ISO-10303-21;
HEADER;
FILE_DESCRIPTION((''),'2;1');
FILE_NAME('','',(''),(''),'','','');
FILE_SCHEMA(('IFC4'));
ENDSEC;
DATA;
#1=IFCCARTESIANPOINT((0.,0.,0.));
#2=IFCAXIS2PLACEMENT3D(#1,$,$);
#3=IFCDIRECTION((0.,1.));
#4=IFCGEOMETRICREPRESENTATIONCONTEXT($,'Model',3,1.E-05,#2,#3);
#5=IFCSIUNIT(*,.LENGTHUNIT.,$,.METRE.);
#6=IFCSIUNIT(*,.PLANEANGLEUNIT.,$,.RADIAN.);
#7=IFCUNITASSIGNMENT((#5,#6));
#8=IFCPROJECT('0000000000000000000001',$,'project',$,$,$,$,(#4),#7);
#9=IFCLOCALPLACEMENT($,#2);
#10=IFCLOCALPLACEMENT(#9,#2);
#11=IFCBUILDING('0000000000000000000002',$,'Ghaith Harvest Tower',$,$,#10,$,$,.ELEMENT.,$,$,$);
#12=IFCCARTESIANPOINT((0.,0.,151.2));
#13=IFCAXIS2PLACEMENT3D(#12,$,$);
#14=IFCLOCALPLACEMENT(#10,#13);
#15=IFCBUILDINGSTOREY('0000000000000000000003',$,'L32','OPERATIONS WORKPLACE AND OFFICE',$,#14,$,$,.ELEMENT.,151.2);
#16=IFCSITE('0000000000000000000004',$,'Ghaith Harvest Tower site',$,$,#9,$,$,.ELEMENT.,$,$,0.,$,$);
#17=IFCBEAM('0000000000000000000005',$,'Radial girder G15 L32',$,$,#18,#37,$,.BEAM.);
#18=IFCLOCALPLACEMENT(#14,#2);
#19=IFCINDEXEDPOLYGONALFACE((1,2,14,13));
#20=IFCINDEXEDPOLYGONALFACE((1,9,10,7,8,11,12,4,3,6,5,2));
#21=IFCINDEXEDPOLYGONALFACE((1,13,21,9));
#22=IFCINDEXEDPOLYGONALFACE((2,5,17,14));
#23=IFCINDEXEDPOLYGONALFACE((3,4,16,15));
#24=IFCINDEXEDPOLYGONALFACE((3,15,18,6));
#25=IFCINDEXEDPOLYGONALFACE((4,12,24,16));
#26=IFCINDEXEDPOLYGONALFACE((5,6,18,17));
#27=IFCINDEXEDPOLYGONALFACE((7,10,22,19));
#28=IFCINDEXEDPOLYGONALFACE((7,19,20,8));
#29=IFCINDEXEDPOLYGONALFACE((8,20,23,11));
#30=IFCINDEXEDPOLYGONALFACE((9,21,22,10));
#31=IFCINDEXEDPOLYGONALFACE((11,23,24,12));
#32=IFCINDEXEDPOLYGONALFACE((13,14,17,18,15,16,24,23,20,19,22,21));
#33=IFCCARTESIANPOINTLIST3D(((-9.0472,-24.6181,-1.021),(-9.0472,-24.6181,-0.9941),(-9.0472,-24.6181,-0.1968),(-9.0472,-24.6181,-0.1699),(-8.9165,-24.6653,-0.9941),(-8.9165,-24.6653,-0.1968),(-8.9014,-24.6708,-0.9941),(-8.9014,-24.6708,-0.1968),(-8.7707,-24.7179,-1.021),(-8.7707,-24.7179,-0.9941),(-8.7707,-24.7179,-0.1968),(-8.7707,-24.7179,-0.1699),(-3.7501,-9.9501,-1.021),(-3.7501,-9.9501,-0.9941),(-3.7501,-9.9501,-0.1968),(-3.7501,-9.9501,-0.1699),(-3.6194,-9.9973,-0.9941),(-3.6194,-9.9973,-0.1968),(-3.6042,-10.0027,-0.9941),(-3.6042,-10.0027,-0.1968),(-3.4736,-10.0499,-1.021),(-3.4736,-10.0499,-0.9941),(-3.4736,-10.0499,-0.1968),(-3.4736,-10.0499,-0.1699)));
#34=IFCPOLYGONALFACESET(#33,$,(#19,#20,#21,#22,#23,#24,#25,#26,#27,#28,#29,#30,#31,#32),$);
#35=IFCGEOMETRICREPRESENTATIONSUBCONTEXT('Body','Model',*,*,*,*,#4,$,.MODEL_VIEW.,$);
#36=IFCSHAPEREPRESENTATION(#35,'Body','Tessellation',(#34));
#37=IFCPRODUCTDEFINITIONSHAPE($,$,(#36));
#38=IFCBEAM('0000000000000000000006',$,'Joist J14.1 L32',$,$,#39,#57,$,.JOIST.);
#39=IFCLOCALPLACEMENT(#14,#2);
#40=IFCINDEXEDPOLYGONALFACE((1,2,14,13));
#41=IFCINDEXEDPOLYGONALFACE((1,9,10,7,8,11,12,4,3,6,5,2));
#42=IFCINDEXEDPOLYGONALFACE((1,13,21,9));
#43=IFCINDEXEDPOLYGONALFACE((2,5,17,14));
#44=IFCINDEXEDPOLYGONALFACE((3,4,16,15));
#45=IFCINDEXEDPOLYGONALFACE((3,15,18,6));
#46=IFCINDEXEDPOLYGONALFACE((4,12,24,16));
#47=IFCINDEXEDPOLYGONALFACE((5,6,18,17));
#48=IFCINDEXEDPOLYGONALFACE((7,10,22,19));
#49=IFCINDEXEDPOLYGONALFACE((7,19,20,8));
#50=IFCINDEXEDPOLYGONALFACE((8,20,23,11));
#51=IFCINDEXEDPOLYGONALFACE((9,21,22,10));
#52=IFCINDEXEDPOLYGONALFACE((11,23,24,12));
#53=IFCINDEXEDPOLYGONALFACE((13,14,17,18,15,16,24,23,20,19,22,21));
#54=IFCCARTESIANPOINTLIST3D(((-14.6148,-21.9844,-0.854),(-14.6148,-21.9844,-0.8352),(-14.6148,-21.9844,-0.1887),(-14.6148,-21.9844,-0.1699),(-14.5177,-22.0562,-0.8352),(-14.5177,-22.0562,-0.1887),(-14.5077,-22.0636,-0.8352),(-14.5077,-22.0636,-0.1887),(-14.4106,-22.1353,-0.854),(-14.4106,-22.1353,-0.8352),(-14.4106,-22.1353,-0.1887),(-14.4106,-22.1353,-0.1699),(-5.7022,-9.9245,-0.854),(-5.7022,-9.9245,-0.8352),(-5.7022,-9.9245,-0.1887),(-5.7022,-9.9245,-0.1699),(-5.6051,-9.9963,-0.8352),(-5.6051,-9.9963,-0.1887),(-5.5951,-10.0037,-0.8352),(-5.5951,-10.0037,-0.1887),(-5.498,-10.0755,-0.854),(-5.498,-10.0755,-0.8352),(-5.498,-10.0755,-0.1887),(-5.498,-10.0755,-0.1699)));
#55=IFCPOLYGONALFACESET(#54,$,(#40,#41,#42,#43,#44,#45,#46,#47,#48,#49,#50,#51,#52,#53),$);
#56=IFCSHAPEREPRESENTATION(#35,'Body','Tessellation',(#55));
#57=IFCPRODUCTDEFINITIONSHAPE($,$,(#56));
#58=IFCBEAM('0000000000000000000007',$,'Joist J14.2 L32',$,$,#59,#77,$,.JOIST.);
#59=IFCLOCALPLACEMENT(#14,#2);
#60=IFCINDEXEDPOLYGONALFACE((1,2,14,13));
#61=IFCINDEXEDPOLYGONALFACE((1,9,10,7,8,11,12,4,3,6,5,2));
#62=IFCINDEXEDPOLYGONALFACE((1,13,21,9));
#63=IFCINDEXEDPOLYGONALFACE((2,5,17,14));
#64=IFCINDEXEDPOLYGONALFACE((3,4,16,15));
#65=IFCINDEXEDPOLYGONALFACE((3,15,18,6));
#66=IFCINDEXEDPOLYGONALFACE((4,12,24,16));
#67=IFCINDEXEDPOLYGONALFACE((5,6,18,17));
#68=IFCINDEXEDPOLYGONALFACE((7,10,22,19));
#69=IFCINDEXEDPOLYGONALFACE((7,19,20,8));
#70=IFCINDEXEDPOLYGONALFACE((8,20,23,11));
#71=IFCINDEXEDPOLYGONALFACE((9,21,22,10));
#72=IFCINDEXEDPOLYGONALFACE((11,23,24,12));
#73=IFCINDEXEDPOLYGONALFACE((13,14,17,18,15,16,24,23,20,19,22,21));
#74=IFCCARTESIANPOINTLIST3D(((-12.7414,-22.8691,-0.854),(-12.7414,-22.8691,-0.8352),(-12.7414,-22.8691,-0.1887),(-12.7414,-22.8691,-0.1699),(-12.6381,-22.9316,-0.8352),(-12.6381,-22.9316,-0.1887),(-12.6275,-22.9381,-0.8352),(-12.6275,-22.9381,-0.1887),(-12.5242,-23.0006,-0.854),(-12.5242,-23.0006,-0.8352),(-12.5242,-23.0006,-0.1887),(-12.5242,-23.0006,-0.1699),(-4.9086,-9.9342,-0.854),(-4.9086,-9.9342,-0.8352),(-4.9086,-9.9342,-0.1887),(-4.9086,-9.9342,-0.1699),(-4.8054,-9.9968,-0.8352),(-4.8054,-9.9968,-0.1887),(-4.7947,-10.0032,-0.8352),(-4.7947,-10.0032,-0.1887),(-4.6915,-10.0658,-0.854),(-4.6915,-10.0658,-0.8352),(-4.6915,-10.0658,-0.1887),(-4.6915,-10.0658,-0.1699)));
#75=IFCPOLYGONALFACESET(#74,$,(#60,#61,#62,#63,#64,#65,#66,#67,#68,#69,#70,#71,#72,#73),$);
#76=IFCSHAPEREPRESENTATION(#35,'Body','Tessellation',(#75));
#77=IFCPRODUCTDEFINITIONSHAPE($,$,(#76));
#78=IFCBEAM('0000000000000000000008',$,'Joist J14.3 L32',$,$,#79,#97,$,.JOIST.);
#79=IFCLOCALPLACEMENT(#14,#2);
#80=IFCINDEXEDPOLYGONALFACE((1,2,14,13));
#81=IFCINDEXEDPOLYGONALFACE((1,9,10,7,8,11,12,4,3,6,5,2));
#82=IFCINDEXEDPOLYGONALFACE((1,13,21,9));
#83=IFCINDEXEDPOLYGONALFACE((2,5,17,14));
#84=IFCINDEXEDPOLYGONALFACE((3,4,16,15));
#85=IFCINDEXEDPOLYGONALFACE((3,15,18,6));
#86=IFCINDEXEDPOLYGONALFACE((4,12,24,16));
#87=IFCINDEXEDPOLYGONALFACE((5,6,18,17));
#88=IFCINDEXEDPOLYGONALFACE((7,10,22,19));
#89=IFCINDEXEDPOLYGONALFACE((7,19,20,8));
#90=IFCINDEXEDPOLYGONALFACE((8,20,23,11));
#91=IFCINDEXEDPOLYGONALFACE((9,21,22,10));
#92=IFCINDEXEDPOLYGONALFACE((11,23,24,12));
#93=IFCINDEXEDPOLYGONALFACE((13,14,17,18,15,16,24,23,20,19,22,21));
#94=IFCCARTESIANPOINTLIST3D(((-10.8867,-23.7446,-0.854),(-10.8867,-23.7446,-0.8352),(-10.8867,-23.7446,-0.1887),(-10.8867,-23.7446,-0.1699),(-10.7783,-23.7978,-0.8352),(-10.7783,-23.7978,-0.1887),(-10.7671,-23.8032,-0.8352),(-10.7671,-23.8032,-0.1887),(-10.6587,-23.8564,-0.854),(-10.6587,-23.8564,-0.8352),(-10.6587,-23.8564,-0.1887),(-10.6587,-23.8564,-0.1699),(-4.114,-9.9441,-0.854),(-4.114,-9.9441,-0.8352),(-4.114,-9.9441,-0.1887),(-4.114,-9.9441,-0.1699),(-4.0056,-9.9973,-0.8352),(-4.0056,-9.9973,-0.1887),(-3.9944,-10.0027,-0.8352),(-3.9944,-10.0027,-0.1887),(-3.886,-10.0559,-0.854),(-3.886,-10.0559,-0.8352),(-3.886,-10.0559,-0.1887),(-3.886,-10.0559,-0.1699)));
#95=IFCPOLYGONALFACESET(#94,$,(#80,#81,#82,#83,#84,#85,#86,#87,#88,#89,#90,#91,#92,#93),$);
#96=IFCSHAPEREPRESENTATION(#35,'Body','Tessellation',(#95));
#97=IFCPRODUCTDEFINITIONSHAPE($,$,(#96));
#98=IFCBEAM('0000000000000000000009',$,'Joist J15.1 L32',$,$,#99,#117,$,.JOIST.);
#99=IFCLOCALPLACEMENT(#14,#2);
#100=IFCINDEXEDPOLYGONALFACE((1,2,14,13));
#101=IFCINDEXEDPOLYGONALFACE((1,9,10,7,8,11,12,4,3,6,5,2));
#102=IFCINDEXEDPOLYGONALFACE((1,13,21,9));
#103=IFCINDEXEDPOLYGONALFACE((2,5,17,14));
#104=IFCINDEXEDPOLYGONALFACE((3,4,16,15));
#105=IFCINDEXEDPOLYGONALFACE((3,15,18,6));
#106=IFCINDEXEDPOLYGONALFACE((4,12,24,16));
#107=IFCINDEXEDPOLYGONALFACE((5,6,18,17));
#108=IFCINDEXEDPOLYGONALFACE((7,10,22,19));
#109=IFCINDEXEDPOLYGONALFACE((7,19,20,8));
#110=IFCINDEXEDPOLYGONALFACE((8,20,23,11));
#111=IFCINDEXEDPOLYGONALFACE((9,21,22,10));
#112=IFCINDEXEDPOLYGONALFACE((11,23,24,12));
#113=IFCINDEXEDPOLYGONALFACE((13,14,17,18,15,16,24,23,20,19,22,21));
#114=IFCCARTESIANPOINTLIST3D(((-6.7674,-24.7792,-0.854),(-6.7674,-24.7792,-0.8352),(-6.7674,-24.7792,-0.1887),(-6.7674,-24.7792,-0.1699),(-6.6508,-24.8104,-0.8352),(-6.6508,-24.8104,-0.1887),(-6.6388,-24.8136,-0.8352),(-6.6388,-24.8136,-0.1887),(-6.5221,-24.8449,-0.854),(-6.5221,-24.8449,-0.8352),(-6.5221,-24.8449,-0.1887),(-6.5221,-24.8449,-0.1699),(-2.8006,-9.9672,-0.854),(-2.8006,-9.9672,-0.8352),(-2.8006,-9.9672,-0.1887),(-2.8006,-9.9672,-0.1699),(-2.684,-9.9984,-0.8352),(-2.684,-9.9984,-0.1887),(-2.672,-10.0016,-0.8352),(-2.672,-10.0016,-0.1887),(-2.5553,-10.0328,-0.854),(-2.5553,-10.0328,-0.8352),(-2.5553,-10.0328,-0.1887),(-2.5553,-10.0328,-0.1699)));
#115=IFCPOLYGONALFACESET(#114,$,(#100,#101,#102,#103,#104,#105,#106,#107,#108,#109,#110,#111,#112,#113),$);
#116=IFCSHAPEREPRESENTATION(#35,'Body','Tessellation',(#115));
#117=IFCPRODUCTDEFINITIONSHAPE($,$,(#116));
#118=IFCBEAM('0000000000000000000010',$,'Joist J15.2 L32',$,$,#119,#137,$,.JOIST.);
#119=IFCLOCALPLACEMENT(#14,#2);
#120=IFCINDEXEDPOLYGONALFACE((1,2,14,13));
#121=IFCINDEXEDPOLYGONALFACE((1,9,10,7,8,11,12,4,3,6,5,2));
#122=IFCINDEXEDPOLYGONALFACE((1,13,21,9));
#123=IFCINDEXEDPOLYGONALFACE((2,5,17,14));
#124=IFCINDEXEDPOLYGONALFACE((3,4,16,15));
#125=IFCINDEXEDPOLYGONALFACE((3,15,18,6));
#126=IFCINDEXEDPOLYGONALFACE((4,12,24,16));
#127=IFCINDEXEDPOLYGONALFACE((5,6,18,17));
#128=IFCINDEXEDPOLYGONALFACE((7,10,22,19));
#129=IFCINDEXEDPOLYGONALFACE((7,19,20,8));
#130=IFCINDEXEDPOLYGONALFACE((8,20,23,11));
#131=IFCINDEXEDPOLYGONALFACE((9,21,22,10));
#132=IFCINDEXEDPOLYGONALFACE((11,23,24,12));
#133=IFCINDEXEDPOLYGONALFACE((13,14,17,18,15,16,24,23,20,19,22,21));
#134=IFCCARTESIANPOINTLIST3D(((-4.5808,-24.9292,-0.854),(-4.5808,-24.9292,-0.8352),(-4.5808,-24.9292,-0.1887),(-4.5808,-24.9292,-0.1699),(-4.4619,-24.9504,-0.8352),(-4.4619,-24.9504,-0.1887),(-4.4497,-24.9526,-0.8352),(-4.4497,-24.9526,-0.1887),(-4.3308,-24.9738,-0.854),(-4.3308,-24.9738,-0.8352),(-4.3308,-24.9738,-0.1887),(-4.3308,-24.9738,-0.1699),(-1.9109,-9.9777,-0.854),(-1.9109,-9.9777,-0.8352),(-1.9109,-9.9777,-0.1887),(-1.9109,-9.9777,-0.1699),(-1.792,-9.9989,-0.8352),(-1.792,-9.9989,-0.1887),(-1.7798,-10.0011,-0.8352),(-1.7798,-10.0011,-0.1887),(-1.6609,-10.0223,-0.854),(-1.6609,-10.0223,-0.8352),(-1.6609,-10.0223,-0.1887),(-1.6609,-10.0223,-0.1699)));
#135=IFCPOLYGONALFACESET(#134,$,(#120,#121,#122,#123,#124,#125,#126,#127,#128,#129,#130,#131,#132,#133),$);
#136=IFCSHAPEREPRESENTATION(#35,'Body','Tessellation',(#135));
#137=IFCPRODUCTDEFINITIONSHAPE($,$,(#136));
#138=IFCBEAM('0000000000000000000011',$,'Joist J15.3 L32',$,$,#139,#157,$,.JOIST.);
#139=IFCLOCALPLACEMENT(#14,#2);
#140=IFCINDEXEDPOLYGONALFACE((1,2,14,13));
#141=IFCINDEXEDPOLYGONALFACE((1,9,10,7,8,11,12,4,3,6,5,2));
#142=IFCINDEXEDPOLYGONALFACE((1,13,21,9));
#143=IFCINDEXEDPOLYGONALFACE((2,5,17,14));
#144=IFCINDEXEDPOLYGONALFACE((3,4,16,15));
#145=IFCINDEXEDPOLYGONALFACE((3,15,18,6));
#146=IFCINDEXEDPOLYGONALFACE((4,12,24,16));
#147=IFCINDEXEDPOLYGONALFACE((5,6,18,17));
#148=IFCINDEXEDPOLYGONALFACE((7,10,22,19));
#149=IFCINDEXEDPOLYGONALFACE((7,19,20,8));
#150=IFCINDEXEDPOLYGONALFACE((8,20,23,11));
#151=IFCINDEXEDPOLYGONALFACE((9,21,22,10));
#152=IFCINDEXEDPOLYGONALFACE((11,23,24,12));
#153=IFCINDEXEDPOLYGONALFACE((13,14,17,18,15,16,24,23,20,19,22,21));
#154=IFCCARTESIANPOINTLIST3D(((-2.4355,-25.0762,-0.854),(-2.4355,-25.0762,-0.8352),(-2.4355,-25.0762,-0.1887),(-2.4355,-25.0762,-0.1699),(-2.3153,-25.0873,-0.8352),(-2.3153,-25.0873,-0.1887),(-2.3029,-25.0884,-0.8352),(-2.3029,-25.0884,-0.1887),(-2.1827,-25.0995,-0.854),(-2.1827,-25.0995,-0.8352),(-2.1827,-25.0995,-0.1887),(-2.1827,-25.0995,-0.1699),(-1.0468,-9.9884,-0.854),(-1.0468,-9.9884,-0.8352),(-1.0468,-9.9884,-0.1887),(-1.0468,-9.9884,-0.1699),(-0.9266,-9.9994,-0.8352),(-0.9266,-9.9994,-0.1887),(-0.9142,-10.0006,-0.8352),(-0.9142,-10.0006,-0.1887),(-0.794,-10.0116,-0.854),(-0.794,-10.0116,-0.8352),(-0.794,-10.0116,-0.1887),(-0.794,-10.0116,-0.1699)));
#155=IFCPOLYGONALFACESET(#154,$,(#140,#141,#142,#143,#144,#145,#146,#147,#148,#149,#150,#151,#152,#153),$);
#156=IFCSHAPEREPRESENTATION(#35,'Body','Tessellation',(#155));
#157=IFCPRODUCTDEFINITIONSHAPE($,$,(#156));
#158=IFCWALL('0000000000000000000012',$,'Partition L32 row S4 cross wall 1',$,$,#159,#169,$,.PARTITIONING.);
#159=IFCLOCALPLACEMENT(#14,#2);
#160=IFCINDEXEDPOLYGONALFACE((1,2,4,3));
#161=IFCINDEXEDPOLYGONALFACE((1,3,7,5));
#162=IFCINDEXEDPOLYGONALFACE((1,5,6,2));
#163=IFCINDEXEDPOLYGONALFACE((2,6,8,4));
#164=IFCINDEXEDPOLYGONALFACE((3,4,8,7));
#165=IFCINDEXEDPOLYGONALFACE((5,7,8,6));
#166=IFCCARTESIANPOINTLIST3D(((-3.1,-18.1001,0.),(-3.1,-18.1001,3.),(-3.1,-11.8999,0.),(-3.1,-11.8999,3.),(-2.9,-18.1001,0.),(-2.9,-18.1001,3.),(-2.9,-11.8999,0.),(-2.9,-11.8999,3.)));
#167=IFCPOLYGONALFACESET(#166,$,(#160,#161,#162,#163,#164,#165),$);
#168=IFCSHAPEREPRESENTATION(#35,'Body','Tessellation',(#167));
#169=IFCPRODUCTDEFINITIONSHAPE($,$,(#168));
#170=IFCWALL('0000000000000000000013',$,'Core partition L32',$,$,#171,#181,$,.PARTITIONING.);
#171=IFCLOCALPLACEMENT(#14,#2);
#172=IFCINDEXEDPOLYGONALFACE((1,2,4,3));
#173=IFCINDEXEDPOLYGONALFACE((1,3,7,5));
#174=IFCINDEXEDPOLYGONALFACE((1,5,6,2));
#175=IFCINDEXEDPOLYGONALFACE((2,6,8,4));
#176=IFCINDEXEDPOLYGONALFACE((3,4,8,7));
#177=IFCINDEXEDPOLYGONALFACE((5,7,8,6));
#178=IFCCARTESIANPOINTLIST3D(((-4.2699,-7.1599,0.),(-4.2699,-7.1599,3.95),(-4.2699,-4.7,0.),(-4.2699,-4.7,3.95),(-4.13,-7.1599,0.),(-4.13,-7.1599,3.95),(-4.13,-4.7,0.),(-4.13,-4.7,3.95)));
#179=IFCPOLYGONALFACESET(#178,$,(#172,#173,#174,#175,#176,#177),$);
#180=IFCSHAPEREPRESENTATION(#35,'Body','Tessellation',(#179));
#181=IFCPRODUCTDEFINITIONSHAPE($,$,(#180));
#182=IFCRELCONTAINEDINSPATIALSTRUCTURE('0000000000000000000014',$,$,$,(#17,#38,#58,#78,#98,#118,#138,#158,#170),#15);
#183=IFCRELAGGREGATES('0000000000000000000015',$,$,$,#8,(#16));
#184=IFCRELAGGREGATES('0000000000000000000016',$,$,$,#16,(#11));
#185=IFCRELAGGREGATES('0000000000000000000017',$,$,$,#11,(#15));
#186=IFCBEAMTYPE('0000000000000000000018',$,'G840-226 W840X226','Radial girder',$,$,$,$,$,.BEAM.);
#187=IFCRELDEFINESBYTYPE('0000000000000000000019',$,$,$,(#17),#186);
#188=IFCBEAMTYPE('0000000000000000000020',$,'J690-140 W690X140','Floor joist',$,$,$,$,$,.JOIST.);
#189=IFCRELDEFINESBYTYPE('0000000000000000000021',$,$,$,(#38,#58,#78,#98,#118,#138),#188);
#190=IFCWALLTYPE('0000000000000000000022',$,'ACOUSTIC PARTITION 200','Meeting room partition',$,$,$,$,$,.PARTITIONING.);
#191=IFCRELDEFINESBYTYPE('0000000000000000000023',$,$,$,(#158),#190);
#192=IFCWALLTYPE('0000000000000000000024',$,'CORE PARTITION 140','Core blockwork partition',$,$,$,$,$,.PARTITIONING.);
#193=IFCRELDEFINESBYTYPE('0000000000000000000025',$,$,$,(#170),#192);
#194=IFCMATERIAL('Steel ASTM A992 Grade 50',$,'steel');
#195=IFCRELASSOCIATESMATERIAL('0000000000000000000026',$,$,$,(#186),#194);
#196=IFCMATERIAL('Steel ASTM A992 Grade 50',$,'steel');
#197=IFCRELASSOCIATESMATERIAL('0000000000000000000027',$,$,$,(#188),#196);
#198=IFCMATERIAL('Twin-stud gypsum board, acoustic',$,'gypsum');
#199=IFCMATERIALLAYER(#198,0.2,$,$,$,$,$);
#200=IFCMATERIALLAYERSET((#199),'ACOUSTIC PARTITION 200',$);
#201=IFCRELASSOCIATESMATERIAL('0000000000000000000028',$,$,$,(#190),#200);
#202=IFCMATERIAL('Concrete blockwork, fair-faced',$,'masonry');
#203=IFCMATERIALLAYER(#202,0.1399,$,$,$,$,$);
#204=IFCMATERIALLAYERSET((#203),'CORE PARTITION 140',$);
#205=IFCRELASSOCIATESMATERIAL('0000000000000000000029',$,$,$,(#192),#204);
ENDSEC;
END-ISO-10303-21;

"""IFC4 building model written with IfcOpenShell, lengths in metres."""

from ifc_helpers import new_model, si_unit, direction, frame, frame_2d, origin, origin_2d, place, context, subcontext, project, spatial, rectangle, i_section, extrude, material, layer, layer_set, material_profile, profile_set, type_object, element, save


model = new_model("IFC4")

# Units and contexts
model_context = context("Model", 3, precision=1e-05, world=origin(), true_north=direction((0.0, 1.0)))
body_context = subcontext(model_context, "Body", "Model", "MODEL_VIEW")
ifc_project = project(units=[si_unit("LENGTHUNIT", "METRE"), si_unit("PLANEANGLEUNIT", "RADIAN")], contexts=[model_context])

# Site, building, storey
site_placement = place(None, origin())
site = spatial("IfcSite", under=ifc_project, at=site_placement, Name="Ghaith Harvest Tower site", CompositionType="ELEMENT", RefElevation=0.0)
building_placement = place(site_placement, origin())
building = spatial("IfcBuilding", under=site, at=building_placement, Name="Ghaith Harvest Tower", CompositionType="ELEMENT")
storey_placement = place(building_placement, frame((0.0, 0.0, 151.2)))
storey = spatial("IfcBuildingStorey", under=building, at=storey_placement, Name="L32", Description="OPERATIONS WORKPLACE AND OFFICE", CompositionType="ELEMENT", Elevation=151.2)

# Beams
ifc_material_1 = material(Name="Steel ASTM A992 Grade 50", Category="steel")
ifc_material_profile_1 = material_profile(ifc_material_1, i_section(OverallWidth=0.2939, OverallDepth=0.8511, WebThickness=0.0161, FlangeThickness=0.0269, at=origin_2d()), Name="W840X226")
ifc_profile_set_1 = profile_set([ifc_material_profile_1], Name="Steel ASTM A992 Grade 50")
beam_type_1 = type_object("IfcBeamType", Name="G840-226 W840X226", Description="Radial girder", PredefinedType="BEAM", material=ifc_profile_set_1)
beam_1_placement = place(storey_placement, frame((-3.6118, -10.0, -0.5955), z_axis=(-0.339664, -0.940547, 0.0), x_axis=(0.940547, -0.339664, 0.0)))
element("IfcBeam", 1, at=beam_1_placement, inside=storey, type_object=beam_type_1, Name="Radial girder G15 L32", PredefinedType="BEAM", context=body_context, shape_type="SweptSolid", body=[
    extrude(i_section(OverallWidth=0.2939, OverallDepth=0.8511, WebThickness=0.0161, FlangeThickness=0.0269, at=origin_2d()), origin(), (0.0, 0.0, 1.0), 15.5952),
])
ifc_material_2 = material(Name="Steel ASTM A992 Grade 50", Category="steel")
ifc_material_profile_2 = material_profile(ifc_material_2, i_section(OverallWidth=0.2539, OverallDepth=0.6841, WebThickness=0.0125, FlangeThickness=0.0188, at=origin_2d()), Name="W690X140")
ifc_profile_set_2 = profile_set([ifc_material_profile_2], Name="Steel ASTM A992 Grade 50")
beam_type_2 = type_object("IfcBeamType", Name="J690-140 W690X140", Description="Floor joist", PredefinedType="JOIST", material=ifc_profile_set_2)
beam_2_placement = place(storey_placement, frame((-5.6001, -10.0, -0.512), z_axis=(-0.59434, -0.804214, 0.0), x_axis=(0.804214, -0.59434, 0.0)))
element("IfcBeam", 2, at=beam_2_placement, inside=storey, type_object=beam_type_2, Name="Joist J14.1 L32", PredefinedType="JOIST", context=body_context, shape_type="SweptSolid", body=[
    extrude(i_section(OverallWidth=0.2539, OverallDepth=0.6841, WebThickness=0.0125, FlangeThickness=0.0188, at=origin_2d()), origin(), (0.0, 0.0, 1.0), 14.9958),
])
beam_3_placement = place(storey_placement, frame((-4.8, -10.0, -0.512), z_axis=(-0.517986, -0.855389, 0.0), x_axis=(0.855389, -0.517986, 0.0)))
element("IfcBeam", 3, at=beam_3_placement, inside=storey, type_object=beam_type_2, Name="Joist J14.2 L32", PredefinedType="JOIST", context=body_context, shape_type="SweptSolid", body=[
    extrude(i_section(OverallWidth=0.2539, OverallDepth=0.6841, WebThickness=0.0125, FlangeThickness=0.0188, at=origin_2d()), origin(), (0.0, 0.0, 1.0), 15.1216),
])
beam_4_placement = place(storey_placement, frame((-4.0, -10.0, -0.512), z_axis=(-0.440563, -0.897722, 0.0), x_axis=(0.897722, -0.440563, 0.0)))
element("IfcBeam", 4, at=beam_4_placement, inside=storey, type_object=beam_type_2, Name="Joist J14.3 L32", PredefinedType="JOIST", context=body_context, shape_type="SweptSolid", body=[
    extrude(i_section(OverallWidth=0.2539, OverallDepth=0.6841, WebThickness=0.0125, FlangeThickness=0.0188, at=origin_2d()), origin(), (0.0, 0.0, 1.0), 15.3728),
])
beam_5_placement = place(storey_placement, frame((-2.678, -10.0, -0.512), z_axis=(-0.258693, -0.96596, 0.0), x_axis=(0.96596, -0.258693, 0.0)))
element("IfcBeam", 5, at=beam_5_placement, inside=storey, type_object=beam_type_2, Name="Joist J15.1 L32", PredefinedType="JOIST", context=body_context, shape_type="SweptSolid", body=[
    extrude(i_section(OverallWidth=0.2539, OverallDepth=0.6841, WebThickness=0.0125, FlangeThickness=0.0188, at=origin_2d()), origin(), (0.0, 0.0, 1.0), 15.334),
])
beam_6_placement = place(storey_placement, frame((-1.7859, -10.0, -0.512), z_axis=(-0.175792, -0.984427, 0.0), x_axis=(0.984427, -0.175792, 0.0)))
element("IfcBeam", 6, at=beam_6_placement, inside=storey, type_object=beam_type_2, Name="Joist J15.2 L32", PredefinedType="JOIST", context=body_context, shape_type="SweptSolid", body=[
    extrude(i_section(OverallWidth=0.2539, OverallDepth=0.6841, WebThickness=0.0125, FlangeThickness=0.0188, at=origin_2d()), origin(), (0.0, 0.0, 1.0), 15.188),
])
beam_7_placement = place(storey_placement, frame((-0.9204, -10.0, -0.512), z_axis=(-0.091651, -0.995791, 0.0), x_axis=(0.995791, -0.091651, 0.0)))
element("IfcBeam", 7, at=beam_7_placement, inside=storey, type_object=beam_type_2, Name="Joist J15.3 L32", PredefinedType="JOIST", context=body_context, shape_type="SweptSolid", body=[
    extrude(i_section(OverallWidth=0.2539, OverallDepth=0.6841, WebThickness=0.0125, FlangeThickness=0.0188, at=origin_2d()), origin(), (0.0, 0.0, 1.0), 15.1516),
])

# Wall
ifc_material_3 = material(Name="Twin-stud gypsum board, acoustic", Category="gypsum")
ifc_layer_1 = layer(ifc_material_3, 0.2)
ifc_layer_set_1 = layer_set([ifc_layer_1], Name="ACOUSTIC PARTITION 200")
wall_type_1 = type_object("IfcWallType", Name="ACOUSTIC PARTITION 200", Description="Meeting room partition", PredefinedType="PARTITIONING", material=ifc_layer_set_1)
wall_1_placement = place(storey_placement, frame((-3.0, -11.8999, 0.0), z_axis=(0.0, 0.0, 1.0), x_axis=(0.0, -1.0, 0.0)))
element("IfcWall", 8, at=wall_1_placement, inside=storey, type_object=wall_type_1, Name="Partition L32 row S4 cross wall 1", PredefinedType="PARTITIONING", context=body_context, shape_type="SweptSolid", body=[
    extrude(rectangle(XDim=6.2002, YDim=0.2, at=frame_2d((3.1001, 0.0))), origin(), (0.0, 0.0, 1.0), 3.0),
])

# Shared definitions
ifc_material_4 = material(Name="Concrete blockwork, fair-faced", Category="masonry")
ifc_layer_2 = layer(ifc_material_4, 0.1399)
ifc_layer_set_2 = layer_set([ifc_layer_2], Name="CORE PARTITION 140")
wall_type_2 = type_object("IfcWallType", Name="CORE PARTITION 140", Description="Core blockwork partition", PredefinedType="PARTITIONING", material=ifc_layer_set_2)

# Wall
for number, where, z_axis, x_axis, name in (
    (9, (-4.2, -4.7, 0.0), (0.0, 0.0, 1.0), (0.0, -1.0, 0.0), "Core partition L32"),
):
    element("IfcWall", number, at=place(storey_placement, frame(where, z_axis=z_axis, x_axis=x_axis)), inside=storey, type_object=wall_type_2, Name=name, PredefinedType="PARTITIONING", context=body_context, shape_type="SweptSolid", body=[
        extrude(rectangle(XDim=2.46, YDim=0.1399, at=frame_2d((1.23, 0.0))), origin(), (0.0, 0.0, 1.0), 3.95),
    ])

save(model, "model.ifc")
